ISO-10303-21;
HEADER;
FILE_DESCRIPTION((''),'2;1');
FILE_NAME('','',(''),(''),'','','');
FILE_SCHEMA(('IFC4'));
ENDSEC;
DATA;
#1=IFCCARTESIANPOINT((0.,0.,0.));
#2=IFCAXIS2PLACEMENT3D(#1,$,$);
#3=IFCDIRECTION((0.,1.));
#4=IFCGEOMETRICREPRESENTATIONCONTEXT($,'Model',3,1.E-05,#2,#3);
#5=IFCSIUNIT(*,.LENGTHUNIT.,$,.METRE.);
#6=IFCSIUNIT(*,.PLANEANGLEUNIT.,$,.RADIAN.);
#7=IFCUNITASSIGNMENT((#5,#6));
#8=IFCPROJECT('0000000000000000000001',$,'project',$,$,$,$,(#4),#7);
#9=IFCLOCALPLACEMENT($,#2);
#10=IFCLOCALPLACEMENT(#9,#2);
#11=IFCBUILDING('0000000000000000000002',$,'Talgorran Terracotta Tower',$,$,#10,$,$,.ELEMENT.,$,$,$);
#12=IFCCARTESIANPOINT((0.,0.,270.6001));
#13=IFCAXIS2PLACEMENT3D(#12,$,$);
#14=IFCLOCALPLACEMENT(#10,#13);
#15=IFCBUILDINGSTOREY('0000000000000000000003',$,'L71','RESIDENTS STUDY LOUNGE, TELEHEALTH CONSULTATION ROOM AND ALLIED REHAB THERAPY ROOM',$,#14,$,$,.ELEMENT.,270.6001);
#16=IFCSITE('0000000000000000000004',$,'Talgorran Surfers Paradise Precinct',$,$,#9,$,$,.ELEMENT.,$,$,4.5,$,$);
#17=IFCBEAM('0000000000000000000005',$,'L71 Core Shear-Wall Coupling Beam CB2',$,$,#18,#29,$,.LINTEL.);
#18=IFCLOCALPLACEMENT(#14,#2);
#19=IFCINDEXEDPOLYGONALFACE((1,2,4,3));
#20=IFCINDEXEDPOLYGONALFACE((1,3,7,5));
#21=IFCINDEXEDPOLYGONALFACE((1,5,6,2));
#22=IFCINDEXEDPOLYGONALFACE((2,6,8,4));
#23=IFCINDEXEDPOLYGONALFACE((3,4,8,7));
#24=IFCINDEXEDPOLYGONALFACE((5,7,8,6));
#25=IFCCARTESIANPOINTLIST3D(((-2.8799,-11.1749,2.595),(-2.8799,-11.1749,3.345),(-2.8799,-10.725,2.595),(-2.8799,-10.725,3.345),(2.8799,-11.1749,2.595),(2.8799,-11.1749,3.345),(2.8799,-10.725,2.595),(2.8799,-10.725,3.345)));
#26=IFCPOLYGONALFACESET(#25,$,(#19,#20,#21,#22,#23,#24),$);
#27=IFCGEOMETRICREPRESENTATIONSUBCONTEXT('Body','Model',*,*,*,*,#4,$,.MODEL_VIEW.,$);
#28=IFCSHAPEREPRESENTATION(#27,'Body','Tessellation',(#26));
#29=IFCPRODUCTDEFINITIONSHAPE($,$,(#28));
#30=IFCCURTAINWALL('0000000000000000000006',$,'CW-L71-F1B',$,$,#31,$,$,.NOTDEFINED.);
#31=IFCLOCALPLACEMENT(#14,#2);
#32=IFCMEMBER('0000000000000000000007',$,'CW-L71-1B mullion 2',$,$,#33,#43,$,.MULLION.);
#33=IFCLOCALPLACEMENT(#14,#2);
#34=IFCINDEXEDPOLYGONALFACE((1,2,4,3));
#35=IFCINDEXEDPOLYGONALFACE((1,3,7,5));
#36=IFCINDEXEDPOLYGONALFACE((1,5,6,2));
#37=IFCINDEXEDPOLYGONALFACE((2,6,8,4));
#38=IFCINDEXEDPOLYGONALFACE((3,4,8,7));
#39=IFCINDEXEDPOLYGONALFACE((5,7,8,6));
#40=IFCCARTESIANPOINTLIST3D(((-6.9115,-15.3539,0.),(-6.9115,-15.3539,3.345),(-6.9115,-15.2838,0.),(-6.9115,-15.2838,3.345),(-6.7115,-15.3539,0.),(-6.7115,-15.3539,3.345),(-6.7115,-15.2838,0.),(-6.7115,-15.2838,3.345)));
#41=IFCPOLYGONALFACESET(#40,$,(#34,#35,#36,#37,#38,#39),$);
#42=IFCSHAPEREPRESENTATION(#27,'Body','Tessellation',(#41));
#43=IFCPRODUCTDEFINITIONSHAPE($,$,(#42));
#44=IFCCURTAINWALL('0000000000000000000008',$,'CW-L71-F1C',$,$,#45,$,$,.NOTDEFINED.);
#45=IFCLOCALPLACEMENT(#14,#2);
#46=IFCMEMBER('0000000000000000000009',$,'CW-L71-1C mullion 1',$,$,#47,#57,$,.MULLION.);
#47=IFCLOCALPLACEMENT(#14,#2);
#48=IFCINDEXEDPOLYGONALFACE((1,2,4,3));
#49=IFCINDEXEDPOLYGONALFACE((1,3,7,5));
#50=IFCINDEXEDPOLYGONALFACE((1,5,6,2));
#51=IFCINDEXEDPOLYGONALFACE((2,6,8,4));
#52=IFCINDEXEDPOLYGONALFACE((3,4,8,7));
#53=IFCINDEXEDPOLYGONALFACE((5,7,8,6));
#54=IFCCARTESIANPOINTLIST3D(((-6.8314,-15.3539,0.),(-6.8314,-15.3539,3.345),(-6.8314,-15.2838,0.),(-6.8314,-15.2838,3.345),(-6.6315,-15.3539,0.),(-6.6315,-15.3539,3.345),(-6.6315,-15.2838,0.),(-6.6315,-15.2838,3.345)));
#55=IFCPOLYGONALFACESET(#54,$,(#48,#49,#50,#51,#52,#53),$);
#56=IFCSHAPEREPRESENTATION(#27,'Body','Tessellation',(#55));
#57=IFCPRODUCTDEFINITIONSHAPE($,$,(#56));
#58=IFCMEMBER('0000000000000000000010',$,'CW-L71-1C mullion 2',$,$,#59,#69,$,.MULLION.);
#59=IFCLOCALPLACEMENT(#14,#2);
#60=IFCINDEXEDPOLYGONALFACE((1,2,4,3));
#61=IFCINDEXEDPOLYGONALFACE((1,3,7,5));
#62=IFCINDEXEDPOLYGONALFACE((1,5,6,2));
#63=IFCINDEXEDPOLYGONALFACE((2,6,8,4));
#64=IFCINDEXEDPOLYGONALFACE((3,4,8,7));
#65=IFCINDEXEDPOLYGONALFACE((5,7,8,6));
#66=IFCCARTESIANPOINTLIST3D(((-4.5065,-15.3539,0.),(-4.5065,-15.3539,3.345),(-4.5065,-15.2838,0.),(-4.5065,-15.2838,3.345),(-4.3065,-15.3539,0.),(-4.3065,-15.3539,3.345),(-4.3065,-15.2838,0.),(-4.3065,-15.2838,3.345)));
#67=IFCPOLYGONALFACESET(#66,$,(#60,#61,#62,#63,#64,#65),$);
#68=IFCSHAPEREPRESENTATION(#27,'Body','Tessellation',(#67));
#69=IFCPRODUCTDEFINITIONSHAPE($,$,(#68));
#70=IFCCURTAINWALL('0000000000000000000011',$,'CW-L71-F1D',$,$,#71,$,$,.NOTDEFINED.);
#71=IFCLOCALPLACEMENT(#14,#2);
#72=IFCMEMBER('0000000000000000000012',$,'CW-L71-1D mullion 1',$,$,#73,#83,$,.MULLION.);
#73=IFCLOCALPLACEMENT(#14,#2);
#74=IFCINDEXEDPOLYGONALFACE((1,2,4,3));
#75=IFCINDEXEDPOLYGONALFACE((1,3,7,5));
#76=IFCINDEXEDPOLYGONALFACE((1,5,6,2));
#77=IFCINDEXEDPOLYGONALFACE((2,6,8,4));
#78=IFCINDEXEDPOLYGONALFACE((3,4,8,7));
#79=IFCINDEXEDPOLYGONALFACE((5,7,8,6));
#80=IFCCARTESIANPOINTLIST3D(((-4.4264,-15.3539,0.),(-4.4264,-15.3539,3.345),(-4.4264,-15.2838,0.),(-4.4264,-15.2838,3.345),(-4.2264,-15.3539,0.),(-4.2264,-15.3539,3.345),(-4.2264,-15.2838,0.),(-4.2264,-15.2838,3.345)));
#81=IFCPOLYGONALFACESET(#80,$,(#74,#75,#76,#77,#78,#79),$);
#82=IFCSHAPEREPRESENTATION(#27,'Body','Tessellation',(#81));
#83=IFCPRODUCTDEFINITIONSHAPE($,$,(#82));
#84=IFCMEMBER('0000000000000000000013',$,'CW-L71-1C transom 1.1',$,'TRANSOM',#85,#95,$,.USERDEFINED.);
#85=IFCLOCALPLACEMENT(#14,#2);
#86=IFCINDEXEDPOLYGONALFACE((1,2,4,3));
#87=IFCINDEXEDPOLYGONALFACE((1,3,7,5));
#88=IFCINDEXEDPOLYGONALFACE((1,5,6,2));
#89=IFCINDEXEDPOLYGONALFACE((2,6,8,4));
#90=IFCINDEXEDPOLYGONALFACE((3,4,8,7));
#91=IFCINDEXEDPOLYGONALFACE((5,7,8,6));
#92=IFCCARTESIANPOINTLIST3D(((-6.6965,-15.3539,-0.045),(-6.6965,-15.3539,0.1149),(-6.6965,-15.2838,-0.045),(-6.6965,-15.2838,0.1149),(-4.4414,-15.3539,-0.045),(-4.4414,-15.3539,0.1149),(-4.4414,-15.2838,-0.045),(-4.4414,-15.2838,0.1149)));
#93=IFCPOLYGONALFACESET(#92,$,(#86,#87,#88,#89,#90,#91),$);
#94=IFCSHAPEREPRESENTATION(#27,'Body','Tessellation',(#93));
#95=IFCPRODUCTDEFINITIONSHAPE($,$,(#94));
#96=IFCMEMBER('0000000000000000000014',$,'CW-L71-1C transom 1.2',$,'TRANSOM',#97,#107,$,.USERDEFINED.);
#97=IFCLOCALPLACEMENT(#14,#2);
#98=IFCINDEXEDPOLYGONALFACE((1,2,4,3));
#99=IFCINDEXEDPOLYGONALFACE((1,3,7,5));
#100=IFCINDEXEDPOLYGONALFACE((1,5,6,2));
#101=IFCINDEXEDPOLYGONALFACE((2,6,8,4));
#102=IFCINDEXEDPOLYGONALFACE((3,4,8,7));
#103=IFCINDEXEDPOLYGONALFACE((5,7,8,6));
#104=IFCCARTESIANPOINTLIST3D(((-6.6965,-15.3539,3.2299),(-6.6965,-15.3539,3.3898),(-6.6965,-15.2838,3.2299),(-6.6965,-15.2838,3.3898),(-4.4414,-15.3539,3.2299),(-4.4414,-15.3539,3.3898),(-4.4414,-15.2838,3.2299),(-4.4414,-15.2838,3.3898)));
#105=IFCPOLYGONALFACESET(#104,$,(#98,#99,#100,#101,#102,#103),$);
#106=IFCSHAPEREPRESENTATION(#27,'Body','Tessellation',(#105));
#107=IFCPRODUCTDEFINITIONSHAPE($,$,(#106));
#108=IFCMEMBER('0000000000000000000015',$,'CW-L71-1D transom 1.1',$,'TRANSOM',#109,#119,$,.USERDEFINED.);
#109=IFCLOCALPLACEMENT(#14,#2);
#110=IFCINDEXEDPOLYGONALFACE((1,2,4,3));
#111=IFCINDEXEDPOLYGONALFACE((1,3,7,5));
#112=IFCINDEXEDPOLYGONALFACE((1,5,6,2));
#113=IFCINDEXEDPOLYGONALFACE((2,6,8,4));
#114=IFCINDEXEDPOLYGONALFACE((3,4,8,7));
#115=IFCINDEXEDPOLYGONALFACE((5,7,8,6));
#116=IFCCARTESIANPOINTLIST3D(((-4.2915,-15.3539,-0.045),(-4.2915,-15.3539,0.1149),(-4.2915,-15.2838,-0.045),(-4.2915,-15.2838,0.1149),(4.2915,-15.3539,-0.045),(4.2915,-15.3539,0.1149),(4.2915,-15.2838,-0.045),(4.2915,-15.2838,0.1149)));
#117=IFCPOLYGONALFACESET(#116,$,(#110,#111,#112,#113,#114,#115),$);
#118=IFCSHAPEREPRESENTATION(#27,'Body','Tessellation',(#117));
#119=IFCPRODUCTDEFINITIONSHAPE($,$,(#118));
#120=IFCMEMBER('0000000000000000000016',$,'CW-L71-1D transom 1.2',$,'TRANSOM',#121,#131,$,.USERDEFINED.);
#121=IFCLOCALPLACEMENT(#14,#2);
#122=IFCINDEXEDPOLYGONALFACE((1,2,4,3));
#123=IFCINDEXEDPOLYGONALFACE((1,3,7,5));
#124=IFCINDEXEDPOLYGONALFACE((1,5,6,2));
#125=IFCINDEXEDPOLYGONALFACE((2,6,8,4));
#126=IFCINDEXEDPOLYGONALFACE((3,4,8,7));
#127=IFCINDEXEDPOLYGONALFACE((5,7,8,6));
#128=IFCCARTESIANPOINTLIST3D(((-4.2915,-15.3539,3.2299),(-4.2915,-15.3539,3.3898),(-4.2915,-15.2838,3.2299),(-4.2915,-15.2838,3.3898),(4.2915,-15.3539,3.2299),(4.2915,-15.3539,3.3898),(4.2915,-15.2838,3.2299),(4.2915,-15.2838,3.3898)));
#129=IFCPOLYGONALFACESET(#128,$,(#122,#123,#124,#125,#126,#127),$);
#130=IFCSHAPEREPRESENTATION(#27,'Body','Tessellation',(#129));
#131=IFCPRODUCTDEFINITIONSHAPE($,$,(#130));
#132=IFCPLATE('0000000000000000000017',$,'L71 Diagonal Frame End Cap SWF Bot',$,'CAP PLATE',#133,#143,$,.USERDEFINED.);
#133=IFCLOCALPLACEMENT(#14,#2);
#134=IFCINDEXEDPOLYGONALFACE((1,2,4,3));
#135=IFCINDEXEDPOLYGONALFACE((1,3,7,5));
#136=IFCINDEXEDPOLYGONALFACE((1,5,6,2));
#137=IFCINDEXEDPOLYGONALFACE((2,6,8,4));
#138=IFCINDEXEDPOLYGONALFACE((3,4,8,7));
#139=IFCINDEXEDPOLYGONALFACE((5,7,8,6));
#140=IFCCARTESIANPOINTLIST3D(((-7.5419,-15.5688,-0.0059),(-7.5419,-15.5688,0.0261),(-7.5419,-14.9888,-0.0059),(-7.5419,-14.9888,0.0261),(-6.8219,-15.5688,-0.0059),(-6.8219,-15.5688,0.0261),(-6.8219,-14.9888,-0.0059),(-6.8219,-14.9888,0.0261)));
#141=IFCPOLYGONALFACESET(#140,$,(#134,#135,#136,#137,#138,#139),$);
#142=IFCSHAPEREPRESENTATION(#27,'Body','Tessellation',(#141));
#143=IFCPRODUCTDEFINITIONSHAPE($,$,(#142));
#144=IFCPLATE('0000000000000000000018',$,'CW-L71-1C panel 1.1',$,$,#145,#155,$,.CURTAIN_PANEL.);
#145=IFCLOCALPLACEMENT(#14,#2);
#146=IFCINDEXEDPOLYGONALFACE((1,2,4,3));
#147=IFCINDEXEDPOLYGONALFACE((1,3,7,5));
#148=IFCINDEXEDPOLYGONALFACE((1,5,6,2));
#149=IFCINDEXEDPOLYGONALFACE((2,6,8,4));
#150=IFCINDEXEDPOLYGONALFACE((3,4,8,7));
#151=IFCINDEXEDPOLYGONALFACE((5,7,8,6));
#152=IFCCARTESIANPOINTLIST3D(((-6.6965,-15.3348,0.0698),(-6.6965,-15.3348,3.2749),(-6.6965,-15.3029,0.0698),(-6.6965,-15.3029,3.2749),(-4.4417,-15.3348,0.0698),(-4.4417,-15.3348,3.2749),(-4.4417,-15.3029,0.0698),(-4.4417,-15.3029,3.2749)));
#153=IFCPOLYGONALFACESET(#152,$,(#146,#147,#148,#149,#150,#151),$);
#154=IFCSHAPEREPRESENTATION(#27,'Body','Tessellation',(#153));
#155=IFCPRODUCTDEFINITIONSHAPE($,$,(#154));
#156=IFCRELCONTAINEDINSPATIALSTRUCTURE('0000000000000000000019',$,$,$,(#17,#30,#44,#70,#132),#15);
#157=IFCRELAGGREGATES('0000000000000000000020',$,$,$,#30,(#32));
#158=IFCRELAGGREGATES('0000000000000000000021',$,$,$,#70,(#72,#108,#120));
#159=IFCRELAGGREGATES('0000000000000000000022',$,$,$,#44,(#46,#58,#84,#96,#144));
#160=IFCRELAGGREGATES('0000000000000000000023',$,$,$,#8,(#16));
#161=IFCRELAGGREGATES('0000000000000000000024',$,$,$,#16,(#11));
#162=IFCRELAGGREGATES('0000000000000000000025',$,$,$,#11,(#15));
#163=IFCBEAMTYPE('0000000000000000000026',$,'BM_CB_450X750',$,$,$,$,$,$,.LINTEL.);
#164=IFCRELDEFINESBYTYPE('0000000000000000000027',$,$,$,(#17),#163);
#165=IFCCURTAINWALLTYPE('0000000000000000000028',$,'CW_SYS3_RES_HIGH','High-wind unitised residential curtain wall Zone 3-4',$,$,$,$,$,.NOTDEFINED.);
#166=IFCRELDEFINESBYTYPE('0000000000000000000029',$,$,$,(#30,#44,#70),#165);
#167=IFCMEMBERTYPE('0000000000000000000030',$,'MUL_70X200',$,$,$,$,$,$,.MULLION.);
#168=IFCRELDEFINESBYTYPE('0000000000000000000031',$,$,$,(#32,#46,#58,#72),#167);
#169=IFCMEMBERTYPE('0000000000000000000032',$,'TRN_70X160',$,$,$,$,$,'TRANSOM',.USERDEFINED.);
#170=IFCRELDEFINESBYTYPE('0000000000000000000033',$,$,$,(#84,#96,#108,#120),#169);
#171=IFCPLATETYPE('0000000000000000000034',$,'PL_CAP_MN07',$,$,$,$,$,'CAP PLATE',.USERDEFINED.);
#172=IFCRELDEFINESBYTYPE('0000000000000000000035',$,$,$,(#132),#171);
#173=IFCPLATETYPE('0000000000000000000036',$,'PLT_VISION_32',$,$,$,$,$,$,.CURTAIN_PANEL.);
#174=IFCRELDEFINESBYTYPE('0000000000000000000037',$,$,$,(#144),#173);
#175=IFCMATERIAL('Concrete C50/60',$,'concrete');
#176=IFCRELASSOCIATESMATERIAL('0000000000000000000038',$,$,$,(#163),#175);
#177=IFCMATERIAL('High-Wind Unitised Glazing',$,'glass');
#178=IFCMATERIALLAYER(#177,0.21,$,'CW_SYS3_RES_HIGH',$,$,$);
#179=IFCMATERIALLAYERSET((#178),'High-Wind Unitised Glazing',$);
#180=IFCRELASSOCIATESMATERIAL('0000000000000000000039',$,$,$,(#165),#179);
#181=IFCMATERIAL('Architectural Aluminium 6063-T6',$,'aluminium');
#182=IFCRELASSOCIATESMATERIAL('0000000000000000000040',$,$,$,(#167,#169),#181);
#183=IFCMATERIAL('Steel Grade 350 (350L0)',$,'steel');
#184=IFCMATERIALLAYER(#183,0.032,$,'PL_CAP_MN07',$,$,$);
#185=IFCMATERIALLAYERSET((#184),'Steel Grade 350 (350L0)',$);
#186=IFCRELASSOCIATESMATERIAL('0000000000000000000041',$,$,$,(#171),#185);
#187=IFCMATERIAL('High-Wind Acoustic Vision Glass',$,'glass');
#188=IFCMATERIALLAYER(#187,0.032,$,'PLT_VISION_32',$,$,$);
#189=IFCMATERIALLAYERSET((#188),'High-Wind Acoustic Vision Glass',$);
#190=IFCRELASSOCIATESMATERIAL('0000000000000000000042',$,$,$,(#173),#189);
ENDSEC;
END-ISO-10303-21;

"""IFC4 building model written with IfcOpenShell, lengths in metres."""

from ifc_helpers import new_model, si_unit, direction, frame, origin, origin_2d, place, context, subcontext, project, spatial, rectangle, extrude, source, transform, mapped, material, layer, layer_set, material_profile, profile_set, type_object, type_shapes, element, aggregate, save


model = new_model("IFC4")

# Units and contexts
model_context = context("Model", 3, precision=1e-05, world=origin(), true_north=direction((0.0, 1.0)))
body_context = subcontext(model_context, "Body", "Model", "MODEL_VIEW")
ifc_project = project(units=[si_unit("LENGTHUNIT", "METRE"), si_unit("PLANEANGLEUNIT", "RADIAN")], contexts=[model_context])

# Site, building, storey
site_placement = place(None, origin())
site = spatial("IfcSite", under=ifc_project, at=site_placement, Name="Talgorran Surfers Paradise Precinct", CompositionType="ELEMENT", RefElevation=4.5)
building_placement = place(site_placement, origin())
building = spatial("IfcBuilding", under=site, at=building_placement, Name="Talgorran Terracotta Tower", CompositionType="ELEMENT")
storey_placement = place(building_placement, frame((0.0, 0.0, 270.6001)))
storey = spatial("IfcBuildingStorey", under=building, at=storey_placement, Name="L71", Description="RESIDENTS STUDY LOUNGE, TELEHEALTH CONSULTATION ROOM AND ALLIED REHAB THERAPY ROOM", CompositionType="ELEMENT", Elevation=270.6001)

# Beam
ifc_material_1 = material(Name="Concrete C50/60", Category="concrete")
ifc_material_profile_1 = material_profile(ifc_material_1, rectangle(XDim=0.45, YDim=0.75, at=origin_2d()), Name="RCCB450X750")
ifc_profile_set_1 = profile_set([ifc_material_profile_1], Name="Concrete C50/60")
beam_type = type_object("IfcBeamType", Name="BM_CB_450X750", PredefinedType="LINTEL", material=ifc_profile_set_1)
beam_placement = place(storey_placement, frame((-2.8799, -10.95, 2.97), z_axis=(1.0, 0.0, 0.0), x_axis=(0.0, 1.0, 0.0)))
element("IfcBeam", 1, at=beam_placement, inside=storey, type_object=beam_type, Name="L71 Core Shear-Wall Coupling Beam CB2", PredefinedType="LINTEL", context=body_context, shape_type="SweptSolid", body=[
    extrude(rectangle(XDim=0.45, YDim=0.75, at=origin_2d()), origin(), (0.0, 0.0, 1.0), 5.7598),
])

# Curtain wall, member
ifc_material_2 = material(Name="High-Wind Unitised Glazing", Category="glass")
ifc_layer_1 = layer(ifc_material_2, 0.21, Name="CW_SYS3_RES_HIGH")
ifc_layer_set_1 = layer_set([ifc_layer_1], Name="High-Wind Unitised Glazing")
curtain_wall_type = type_object("IfcCurtainWallType", Name="CW_SYS3_RES_HIGH", Description="High-wind unitised residential curtain wall Zone 3-4", PredefinedType="NOTDEFINED", material=ifc_layer_set_1)
curtain_wall_1_placement = place(storey_placement, origin())
curtain_wall_1 = element("IfcCurtainWall", 2, at=curtain_wall_1_placement, inside=storey, type_object=curtain_wall_type, Name="CW-L71-F1B", PredefinedType="NOTDEFINED")
ifc_material_3 = material(Name="Architectural Aluminium 6063-T6", Category="aluminium")
ifc_material_profile_2 = material_profile(ifc_material_3, rectangle(XDim=0.0701, YDim=0.2, at=origin_2d()), Name="CWM70X200")
ifc_profile_set_2 = profile_set([ifc_material_profile_2], Name="Architectural Aluminium 6063-T6")
member_type_1 = type_object("IfcMemberType", Name="MUL_70X200", PredefinedType="MULLION", material=ifc_profile_set_2)
member_1_placement = place(storey_placement, frame((-6.8115, -15.3188, 0.0), z_axis=(0.0, 0.0, 1.0), x_axis=(0.0, 1.0, 0.0)))
member_1 = element("IfcMember", 3, at=member_1_placement, type_object=member_type_1, Name="CW-L71-1B mullion 2", PredefinedType="MULLION", context=body_context, shape_type="SweptSolid", body=[
    extrude(rectangle(XDim=0.0701, YDim=0.2, at=origin_2d()), origin(), (0.0, 0.0, 1.0), 3.345),
])
aggregate(curtain_wall_1, [member_1])

# Curtain wall, members
curtain_wall_2_placement = place(storey_placement, origin())
curtain_wall_2 = element("IfcCurtainWall", 4, at=curtain_wall_2_placement, inside=storey, type_object=curtain_wall_type, Name="CW-L71-F1C", PredefinedType="NOTDEFINED")
member_2_placement = place(storey_placement, frame((-6.7314, -15.3188, 0.0), z_axis=(0.0, 0.0, 1.0), x_axis=(0.0, 1.0, 0.0)))
member_2 = element("IfcMember", 5, at=member_2_placement, type_object=member_type_1, Name="CW-L71-1C mullion 1", PredefinedType="MULLION", context=body_context, shape_type="SweptSolid", body=[
    extrude(rectangle(XDim=0.0701, YDim=0.2, at=origin_2d()), origin(), (0.0, 0.0, 1.0), 3.345),
])
member_3_placement = place(storey_placement, frame((-4.4065, -15.3188, 0.0), z_axis=(0.0, 0.0, 1.0), x_axis=(0.0, 1.0, 0.0)))
member_3 = element("IfcMember", 6, at=member_3_placement, type_object=member_type_1, Name="CW-L71-1C mullion 2", PredefinedType="MULLION", context=body_context, shape_type="SweptSolid", body=[
    extrude(rectangle(XDim=0.0701, YDim=0.2, at=origin_2d()), origin(), (0.0, 0.0, 1.0), 3.345),
])

# Curtain wall, member
curtain_wall_3_placement = place(storey_placement, origin())
curtain_wall_3 = element("IfcCurtainWall", 7, at=curtain_wall_3_placement, inside=storey, type_object=curtain_wall_type, Name="CW-L71-F1D", PredefinedType="NOTDEFINED")
member_4_placement = place(storey_placement, frame((-4.3264, -15.3188, 0.0), z_axis=(0.0, 0.0, 1.0), x_axis=(0.0, 1.0, 0.0)))
member_4 = element("IfcMember", 8, at=member_4_placement, type_object=member_type_1, Name="CW-L71-1D mullion 1", PredefinedType="MULLION", context=body_context, shape_type="SweptSolid", body=[
    extrude(rectangle(XDim=0.0701, YDim=0.2, at=origin_2d()), origin(), (0.0, 0.0, 1.0), 3.345),
])

# Members
ifc_material_profile_3 = material_profile(ifc_material_3, rectangle(XDim=0.0701, YDim=0.1599, at=origin_2d()), Name="CWT70X160")
ifc_profile_set_3 = profile_set([ifc_material_profile_3], Name="Architectural Aluminium 6063-T6")
member_type_2 = type_object("IfcMemberType", Name="TRN_70X160", ElementType="TRANSOM", PredefinedType="USERDEFINED", material=ifc_profile_set_3)
member_5_placement = place(storey_placement, frame((-6.6965, -15.3188, 0.0349), z_axis=(1.0, 0.0, 0.0), x_axis=(0.0, 1.0, 0.0)))
member_5 = element("IfcMember", 9, at=member_5_placement, type_object=member_type_2, Name="CW-L71-1C transom 1.1", ObjectType="TRANSOM", PredefinedType="USERDEFINED", context=body_context, shape_type="SweptSolid", body=[
    extrude(rectangle(XDim=0.0701, YDim=0.1599, at=origin_2d()), origin(), (0.0, 0.0, 1.0), 2.2551),
])
member_6_placement = place(storey_placement, frame((-6.6965, -15.3188, 3.3098), z_axis=(1.0, 0.0, 0.0), x_axis=(0.0, 1.0, 0.0)))
member_6 = element("IfcMember", 10, at=member_6_placement, type_object=member_type_2, Name="CW-L71-1C transom 1.2", ObjectType="TRANSOM", PredefinedType="USERDEFINED", context=body_context, shape_type="SweptSolid", body=[
    extrude(rectangle(XDim=0.0701, YDim=0.1599, at=origin_2d()), origin(), (0.0, 0.0, 1.0), 2.2551),
])
member_7_placement = place(storey_placement, frame((-4.2915, -15.3188, 0.0349), z_axis=(1.0, 0.0, 0.0), x_axis=(0.0, 1.0, 0.0)))
member_7 = element("IfcMember", 11, at=member_7_placement, type_object=member_type_2, Name="CW-L71-1D transom 1.1", ObjectType="TRANSOM", PredefinedType="USERDEFINED", context=body_context, shape_type="SweptSolid", body=[
    extrude(rectangle(XDim=0.0701, YDim=0.1599, at=origin_2d()), origin(), (0.0, 0.0, 1.0), 8.583),
])
member_8_placement = place(storey_placement, frame((-4.2915, -15.3188, 3.3098), z_axis=(1.0, 0.0, 0.0), x_axis=(0.0, 1.0, 0.0)))
member_8 = element("IfcMember", 12, at=member_8_placement, type_object=member_type_2, Name="CW-L71-1D transom 1.2", ObjectType="TRANSOM", PredefinedType="USERDEFINED", context=body_context, shape_type="SweptSolid", body=[
    extrude(rectangle(XDim=0.0701, YDim=0.1599, at=origin_2d()), origin(), (0.0, 0.0, 1.0), 8.583),
])
aggregate(curtain_wall_3, [member_4, member_7, member_8])

# Plates
ifc_material_4 = material(Name="Steel Grade 350 (350L0)", Category="steel")
ifc_layer_2 = layer(ifc_material_4, 0.032, Name="PL_CAP_MN07")
ifc_layer_set_2 = layer_set([ifc_layer_2], Name="Steel Grade 350 (350L0)")
plate_type_1 = type_object("IfcPlateType", Name="PL_CAP_MN07", ElementType="CAP PLATE", PredefinedType="USERDEFINED", material=ifc_layer_set_2)
plate_1_placement = place(storey_placement, frame((-7.1819, -15.2788, -0.0059), z_axis=(0.0, 0.0, 1.0), x_axis=(-1.0, 0.0, 0.0)))
element("IfcPlate", 13, at=plate_1_placement, inside=storey, type_object=plate_type_1, Name="L71 Diagonal Frame End Cap SWF Bot", ObjectType="CAP PLATE", PredefinedType="USERDEFINED", context=body_context, shape_type="SweptSolid", body=[
    extrude(rectangle(XDim=0.72, YDim=0.5801, at=origin_2d()), origin(), (0.0, 0.0, 1.0), 0.032),
])
ifc_material_5 = material(Name="High-Wind Acoustic Vision Glass", Category="glass")
ifc_layer_3 = layer(ifc_material_5, 0.032, Name="PLT_VISION_32")
ifc_layer_set_3 = layer_set([ifc_layer_3], Name="High-Wind Acoustic Vision Glass")
plate_type_2 = type_object("IfcPlateType", Name="PLT_VISION_32", PredefinedType="CURTAIN_PANEL", material=ifc_layer_set_3)
shared_shape = source(origin(), body_context, "Body", "SweptSolid", [
    extrude(rectangle(XDim=2.2549, YDim=0.032, at=origin_2d()), origin(), (0.0, 0.0, 1.0), 3.2051),
])
type_shapes(plate_type_2, [shared_shape])
plate_2_placement = place(storey_placement, frame((-5.5691, -15.3188, 0.0698), z_axis=(0.0, 0.0, 1.0), x_axis=(1.0, 0.0, 0.0)))
plate_2 = element("IfcPlate", 14, at=plate_2_placement, type_object=plate_type_2, Name="CW-L71-1C panel 1.1", PredefinedType="CURTAIN_PANEL", context=body_context, shape_type="MappedRepresentation", body=[
    mapped(shared_shape, transform((0.0, 0.0, 0.0), scale=1.0)),
])
aggregate(curtain_wall_2, [member_2, member_3, member_5, member_6, plate_2])

save(model, "model.ifc")
